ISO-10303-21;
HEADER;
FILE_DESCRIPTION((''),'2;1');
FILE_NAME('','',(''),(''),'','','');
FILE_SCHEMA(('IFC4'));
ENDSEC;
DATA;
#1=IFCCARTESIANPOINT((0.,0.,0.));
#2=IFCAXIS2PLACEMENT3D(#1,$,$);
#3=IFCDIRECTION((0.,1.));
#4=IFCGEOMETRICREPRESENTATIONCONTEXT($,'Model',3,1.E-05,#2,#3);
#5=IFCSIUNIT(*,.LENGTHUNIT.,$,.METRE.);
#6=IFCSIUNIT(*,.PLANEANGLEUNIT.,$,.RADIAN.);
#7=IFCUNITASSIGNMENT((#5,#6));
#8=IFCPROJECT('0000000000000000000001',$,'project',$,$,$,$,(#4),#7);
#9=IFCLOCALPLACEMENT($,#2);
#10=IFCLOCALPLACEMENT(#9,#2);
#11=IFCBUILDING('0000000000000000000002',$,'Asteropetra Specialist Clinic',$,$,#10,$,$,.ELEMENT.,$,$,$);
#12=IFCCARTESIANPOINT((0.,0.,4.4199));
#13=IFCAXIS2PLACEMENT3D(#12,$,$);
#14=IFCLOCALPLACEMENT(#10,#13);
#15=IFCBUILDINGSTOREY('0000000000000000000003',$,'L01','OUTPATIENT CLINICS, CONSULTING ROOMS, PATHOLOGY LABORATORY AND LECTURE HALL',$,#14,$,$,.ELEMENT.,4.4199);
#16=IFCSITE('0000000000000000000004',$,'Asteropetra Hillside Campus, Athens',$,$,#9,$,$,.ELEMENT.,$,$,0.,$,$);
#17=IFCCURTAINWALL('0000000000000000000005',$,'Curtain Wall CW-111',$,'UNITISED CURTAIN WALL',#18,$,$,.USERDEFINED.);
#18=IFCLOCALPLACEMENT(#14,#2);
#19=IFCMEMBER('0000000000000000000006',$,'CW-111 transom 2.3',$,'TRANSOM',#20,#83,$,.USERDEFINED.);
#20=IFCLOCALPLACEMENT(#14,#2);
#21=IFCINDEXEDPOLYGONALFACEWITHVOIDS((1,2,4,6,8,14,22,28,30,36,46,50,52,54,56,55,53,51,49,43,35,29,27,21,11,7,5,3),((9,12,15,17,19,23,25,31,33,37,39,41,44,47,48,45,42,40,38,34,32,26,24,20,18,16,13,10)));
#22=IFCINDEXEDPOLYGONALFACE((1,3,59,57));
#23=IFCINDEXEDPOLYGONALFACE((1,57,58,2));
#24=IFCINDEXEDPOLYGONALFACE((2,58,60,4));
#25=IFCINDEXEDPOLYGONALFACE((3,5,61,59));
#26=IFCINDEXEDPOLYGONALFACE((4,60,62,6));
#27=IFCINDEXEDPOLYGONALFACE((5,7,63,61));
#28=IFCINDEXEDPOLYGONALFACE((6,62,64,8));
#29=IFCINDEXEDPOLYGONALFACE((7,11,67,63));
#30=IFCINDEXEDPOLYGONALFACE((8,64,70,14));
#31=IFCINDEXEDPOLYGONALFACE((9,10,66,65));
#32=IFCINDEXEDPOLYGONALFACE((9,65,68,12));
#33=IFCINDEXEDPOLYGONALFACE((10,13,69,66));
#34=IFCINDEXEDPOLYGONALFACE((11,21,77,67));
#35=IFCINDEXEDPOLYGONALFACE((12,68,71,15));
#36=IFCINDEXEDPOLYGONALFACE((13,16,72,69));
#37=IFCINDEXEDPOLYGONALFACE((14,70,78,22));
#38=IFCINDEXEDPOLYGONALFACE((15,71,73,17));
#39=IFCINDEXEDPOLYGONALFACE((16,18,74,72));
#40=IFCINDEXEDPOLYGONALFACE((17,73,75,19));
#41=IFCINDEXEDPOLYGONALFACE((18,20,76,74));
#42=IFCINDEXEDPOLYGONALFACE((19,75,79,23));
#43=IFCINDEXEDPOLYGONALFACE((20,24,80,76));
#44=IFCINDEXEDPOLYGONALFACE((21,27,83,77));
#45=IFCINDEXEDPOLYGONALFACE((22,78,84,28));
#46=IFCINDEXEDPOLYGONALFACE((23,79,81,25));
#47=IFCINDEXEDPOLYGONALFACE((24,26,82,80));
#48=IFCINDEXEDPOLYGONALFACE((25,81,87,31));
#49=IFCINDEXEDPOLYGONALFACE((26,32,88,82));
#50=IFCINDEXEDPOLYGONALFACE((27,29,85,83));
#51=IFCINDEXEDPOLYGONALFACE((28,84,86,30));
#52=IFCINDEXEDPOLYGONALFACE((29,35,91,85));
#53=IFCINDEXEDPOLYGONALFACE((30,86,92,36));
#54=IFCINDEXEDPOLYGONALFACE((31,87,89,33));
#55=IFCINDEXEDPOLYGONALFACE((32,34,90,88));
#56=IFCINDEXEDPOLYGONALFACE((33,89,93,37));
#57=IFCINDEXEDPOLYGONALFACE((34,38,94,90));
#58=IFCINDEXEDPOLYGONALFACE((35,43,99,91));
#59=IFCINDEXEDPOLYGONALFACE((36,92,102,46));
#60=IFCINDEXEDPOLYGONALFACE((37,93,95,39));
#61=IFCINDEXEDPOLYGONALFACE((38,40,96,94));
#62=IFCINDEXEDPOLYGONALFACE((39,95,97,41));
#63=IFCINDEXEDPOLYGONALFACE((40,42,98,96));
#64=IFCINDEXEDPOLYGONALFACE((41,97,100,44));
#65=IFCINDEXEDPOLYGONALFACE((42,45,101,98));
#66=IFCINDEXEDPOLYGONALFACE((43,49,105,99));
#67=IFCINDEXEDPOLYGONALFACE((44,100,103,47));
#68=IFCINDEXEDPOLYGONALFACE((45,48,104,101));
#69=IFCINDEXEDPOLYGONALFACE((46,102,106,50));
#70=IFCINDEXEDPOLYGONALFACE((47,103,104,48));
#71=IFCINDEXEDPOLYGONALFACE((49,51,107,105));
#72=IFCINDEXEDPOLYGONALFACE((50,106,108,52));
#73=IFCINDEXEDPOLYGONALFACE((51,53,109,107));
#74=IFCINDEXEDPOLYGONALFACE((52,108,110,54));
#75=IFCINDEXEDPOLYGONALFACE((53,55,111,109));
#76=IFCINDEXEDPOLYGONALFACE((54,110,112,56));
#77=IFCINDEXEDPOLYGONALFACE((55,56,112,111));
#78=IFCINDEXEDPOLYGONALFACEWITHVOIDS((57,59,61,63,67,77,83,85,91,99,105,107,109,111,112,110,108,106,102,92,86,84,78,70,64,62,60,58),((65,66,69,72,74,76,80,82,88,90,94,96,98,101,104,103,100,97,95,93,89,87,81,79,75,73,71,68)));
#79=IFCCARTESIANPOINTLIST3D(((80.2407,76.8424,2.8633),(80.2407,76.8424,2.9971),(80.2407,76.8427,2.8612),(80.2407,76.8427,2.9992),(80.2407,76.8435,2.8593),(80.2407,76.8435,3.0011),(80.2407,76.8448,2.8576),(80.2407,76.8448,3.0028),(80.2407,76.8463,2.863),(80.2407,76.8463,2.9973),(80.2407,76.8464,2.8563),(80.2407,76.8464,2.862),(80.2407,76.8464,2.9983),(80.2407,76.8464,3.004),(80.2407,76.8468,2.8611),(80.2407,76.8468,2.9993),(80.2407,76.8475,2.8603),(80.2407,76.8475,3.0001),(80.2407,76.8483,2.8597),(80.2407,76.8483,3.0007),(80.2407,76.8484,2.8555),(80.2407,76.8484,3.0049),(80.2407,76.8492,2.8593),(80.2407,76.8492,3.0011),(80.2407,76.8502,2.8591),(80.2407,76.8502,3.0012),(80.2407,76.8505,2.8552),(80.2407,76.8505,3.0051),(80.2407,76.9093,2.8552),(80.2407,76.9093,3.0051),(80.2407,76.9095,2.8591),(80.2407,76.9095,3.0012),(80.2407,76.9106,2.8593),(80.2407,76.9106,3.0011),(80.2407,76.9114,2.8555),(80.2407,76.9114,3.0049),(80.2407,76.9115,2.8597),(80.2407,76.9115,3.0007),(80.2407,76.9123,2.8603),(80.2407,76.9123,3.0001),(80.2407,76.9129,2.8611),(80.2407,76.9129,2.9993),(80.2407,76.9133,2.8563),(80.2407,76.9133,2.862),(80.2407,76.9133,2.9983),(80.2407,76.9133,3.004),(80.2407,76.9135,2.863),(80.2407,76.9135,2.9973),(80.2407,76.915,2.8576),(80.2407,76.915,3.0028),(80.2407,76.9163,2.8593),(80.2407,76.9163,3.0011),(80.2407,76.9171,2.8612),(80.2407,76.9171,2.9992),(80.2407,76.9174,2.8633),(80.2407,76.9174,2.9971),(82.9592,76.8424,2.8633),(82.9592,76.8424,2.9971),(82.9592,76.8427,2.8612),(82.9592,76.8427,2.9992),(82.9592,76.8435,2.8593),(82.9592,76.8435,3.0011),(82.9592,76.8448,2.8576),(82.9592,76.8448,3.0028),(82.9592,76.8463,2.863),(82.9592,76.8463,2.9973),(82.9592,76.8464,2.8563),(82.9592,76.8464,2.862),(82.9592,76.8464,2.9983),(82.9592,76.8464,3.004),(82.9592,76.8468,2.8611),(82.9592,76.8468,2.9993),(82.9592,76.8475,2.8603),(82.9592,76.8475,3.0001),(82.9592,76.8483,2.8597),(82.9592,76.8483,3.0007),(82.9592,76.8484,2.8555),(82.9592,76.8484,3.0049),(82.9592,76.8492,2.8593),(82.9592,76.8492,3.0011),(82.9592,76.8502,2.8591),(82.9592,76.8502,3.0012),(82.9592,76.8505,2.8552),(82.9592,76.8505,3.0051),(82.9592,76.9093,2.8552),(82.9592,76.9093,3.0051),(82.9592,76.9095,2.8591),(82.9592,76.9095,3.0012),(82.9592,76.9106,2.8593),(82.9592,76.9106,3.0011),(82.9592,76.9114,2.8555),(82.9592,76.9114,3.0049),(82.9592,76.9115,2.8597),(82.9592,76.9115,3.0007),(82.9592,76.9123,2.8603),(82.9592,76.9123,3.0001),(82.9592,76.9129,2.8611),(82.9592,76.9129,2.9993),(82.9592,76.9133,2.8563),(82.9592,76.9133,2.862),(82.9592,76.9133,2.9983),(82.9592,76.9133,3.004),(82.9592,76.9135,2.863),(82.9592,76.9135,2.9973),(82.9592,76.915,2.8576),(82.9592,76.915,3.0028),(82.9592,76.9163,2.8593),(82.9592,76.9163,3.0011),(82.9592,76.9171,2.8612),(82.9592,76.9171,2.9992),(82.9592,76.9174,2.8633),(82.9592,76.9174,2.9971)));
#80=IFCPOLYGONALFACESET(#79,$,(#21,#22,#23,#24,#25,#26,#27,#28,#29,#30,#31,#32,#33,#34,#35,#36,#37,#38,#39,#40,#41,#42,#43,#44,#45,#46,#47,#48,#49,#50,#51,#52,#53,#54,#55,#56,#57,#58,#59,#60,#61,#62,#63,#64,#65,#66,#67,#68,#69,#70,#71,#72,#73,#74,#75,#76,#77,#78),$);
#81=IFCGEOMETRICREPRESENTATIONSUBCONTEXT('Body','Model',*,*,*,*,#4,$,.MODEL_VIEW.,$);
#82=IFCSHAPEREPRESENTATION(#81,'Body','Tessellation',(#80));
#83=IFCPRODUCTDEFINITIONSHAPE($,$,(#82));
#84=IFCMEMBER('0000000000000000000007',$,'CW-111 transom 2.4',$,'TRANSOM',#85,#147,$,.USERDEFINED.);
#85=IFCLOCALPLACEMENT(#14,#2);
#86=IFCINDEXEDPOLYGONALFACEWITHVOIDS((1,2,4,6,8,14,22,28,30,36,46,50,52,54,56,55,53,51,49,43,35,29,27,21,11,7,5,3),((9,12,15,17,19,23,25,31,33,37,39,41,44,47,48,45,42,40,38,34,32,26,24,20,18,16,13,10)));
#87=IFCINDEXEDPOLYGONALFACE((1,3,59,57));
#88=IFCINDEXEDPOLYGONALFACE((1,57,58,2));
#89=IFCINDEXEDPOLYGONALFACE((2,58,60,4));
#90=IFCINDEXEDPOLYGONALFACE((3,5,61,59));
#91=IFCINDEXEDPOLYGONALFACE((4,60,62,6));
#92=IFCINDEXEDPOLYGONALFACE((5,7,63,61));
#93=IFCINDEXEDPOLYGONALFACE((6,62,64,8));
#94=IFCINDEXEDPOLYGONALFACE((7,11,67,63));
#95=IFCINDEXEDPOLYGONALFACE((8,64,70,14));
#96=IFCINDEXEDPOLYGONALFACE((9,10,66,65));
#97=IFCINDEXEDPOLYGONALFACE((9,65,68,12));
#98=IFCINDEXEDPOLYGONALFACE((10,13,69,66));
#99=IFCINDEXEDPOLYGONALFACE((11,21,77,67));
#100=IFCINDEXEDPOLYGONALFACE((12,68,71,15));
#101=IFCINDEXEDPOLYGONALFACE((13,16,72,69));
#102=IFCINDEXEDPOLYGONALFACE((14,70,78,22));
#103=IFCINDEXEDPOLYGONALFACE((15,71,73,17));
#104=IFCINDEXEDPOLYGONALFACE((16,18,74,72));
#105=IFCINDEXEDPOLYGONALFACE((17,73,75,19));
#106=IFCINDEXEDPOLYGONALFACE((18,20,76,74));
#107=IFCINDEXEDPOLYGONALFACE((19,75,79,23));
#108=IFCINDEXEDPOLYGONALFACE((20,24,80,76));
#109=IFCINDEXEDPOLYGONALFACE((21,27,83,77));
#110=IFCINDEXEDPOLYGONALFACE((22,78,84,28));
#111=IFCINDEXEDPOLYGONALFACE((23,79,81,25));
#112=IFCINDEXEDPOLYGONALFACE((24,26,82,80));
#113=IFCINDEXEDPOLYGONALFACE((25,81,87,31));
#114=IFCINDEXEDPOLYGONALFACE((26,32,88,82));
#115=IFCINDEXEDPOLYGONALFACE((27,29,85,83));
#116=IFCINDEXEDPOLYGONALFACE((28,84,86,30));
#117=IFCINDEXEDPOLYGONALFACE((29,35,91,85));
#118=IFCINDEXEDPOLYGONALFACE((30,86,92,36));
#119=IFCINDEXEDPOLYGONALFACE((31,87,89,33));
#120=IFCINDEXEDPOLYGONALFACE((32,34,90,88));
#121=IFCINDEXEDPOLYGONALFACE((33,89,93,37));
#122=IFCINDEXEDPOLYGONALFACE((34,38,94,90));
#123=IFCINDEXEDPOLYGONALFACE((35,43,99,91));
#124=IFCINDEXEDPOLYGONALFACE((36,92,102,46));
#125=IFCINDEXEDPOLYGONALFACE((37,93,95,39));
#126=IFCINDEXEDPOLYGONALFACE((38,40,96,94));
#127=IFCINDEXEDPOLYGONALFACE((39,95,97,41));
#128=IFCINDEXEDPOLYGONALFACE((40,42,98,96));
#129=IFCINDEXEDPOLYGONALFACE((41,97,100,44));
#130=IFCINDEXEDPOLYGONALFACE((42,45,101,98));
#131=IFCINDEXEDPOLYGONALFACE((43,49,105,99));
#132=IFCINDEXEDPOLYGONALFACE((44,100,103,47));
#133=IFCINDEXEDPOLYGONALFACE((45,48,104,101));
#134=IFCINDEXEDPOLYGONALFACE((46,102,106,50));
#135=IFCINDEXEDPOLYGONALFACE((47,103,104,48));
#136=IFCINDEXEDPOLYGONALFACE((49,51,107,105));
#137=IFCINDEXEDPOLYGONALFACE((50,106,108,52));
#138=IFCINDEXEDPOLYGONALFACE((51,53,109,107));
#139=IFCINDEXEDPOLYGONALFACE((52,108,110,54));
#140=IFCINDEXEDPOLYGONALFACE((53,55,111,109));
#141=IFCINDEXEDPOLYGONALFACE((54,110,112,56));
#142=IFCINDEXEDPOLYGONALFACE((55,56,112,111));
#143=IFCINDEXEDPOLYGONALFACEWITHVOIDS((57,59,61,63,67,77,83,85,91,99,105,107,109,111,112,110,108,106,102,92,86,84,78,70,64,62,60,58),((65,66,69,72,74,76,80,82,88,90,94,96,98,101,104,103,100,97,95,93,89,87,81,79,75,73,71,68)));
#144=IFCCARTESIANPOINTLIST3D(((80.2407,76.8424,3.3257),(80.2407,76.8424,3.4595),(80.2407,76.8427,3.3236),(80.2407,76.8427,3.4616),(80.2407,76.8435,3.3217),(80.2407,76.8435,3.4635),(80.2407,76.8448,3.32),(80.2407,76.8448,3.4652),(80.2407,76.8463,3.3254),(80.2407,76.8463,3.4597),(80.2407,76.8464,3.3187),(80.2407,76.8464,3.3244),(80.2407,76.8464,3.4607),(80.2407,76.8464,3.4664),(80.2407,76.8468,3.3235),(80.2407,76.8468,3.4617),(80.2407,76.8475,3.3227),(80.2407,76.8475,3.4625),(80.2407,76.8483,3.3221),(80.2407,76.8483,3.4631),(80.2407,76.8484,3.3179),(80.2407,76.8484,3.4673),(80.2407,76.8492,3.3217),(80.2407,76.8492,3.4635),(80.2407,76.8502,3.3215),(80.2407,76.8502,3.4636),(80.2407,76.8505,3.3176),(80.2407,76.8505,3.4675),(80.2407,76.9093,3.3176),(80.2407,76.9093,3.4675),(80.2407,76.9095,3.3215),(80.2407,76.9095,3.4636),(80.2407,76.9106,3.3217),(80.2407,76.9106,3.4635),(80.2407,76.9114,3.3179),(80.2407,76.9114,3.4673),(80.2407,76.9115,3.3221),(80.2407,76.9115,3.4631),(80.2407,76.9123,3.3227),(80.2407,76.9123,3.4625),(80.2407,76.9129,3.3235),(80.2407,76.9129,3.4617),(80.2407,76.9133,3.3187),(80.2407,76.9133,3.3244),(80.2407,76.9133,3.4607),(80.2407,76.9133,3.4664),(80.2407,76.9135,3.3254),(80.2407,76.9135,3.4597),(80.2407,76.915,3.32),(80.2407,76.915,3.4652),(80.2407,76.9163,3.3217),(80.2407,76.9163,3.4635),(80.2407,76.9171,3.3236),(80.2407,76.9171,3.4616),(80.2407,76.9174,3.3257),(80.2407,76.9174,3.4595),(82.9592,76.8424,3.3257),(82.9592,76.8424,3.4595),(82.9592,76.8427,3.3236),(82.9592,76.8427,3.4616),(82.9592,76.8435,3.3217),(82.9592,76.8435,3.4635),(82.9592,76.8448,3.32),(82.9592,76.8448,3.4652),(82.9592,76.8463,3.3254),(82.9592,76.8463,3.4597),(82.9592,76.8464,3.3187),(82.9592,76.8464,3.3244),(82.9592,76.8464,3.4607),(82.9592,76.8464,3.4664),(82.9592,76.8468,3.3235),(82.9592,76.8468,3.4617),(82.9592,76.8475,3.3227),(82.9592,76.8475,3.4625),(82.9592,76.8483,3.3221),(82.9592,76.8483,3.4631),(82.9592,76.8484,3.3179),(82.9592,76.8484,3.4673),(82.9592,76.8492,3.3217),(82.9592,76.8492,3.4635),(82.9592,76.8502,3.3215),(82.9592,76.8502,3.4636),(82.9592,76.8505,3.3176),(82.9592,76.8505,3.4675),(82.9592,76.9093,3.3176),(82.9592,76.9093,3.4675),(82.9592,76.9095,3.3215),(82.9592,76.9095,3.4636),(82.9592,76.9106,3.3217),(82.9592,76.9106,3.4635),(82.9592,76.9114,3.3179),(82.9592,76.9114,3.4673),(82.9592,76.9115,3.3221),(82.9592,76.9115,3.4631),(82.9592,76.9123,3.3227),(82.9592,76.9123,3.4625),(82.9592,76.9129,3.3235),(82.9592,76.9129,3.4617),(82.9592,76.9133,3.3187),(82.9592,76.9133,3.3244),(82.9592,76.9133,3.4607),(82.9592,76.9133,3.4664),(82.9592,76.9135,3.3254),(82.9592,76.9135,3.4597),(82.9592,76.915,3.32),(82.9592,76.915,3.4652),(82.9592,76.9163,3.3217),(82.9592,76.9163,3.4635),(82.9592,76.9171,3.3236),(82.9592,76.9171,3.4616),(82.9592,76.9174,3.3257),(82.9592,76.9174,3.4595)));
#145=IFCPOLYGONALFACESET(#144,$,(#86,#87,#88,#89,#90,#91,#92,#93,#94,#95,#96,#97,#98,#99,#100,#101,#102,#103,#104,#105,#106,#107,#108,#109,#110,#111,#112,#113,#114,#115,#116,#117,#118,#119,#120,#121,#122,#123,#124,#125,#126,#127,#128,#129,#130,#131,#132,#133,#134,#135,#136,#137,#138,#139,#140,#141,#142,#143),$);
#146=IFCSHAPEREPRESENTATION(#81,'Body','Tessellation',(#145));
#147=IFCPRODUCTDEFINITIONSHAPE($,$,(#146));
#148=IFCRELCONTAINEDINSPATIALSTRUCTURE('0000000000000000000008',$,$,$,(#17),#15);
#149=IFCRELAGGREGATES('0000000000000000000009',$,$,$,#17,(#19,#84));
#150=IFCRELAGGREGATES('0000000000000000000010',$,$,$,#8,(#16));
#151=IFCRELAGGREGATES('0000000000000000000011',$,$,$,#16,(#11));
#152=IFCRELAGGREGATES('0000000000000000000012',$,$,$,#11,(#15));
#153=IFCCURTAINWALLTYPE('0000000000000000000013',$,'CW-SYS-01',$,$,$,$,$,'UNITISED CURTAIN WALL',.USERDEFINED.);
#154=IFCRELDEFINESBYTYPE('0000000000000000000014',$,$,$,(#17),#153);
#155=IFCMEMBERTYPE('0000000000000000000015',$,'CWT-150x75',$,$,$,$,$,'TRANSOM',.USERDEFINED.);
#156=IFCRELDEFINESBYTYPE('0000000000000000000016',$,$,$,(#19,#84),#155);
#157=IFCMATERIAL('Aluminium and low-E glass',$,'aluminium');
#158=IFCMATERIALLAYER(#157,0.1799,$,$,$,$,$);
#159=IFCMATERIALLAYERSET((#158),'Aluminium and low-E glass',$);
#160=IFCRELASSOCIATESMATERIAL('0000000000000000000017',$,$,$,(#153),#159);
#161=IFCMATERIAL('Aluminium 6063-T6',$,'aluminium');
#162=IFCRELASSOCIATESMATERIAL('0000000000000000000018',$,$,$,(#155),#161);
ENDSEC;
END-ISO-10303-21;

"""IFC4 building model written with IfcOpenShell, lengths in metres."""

from ifc_helpers import new_model, si_unit, direction, frame, origin, origin_2d, place, context, subcontext, project, spatial, hollow_rectangle, extrude, material, layer, layer_set, material_profile, profile_set, type_object, element, aggregate, save


model = new_model("IFC4")

# Units and contexts
model_context = context("Model", 3, precision=1e-05, world=origin(), true_north=direction((0.0, 1.0)))
body_context = subcontext(model_context, "Body", "Model", "MODEL_VIEW")
ifc_project = project(units=[si_unit("LENGTHUNIT", "METRE"), si_unit("PLANEANGLEUNIT", "RADIAN")], contexts=[model_context])

# Site, building, storey
site_placement = place(None, origin())
site = spatial("IfcSite", under=ifc_project, at=site_placement, Name="Asteropetra Hillside Campus, Athens", CompositionType="ELEMENT", RefElevation=0.0)
building_placement = place(site_placement, origin())
building = spatial("IfcBuilding", under=site, at=building_placement, Name="Asteropetra Specialist Clinic", CompositionType="ELEMENT")
storey_placement = place(building_placement, frame((0.0, 0.0, 4.4199)))
storey = spatial("IfcBuildingStorey", under=building, at=storey_placement, Name="L01", Description="OUTPATIENT CLINICS, CONSULTING ROOMS, PATHOLOGY LABORATORY AND LECTURE HALL", CompositionType="ELEMENT", Elevation=4.4199)

# Curtain wall, members
ifc_material_1 = material(Name="Aluminium and low-E glass", Category="aluminium")
ifc_layer_1 = layer(ifc_material_1, 0.1799)
ifc_layer_set_1 = layer_set([ifc_layer_1], Name="Aluminium and low-E glass")
curtain_wall_type = type_object("IfcCurtainWallType", Name="CW-SYS-01", ElementType="UNITISED CURTAIN WALL", PredefinedType="USERDEFINED", material=ifc_layer_set_1)
curtain_wall_placement = place(storey_placement, origin())
curtain_wall = element("IfcCurtainWall", 1, at=curtain_wall_placement, inside=storey, type_object=curtain_wall_type, Name="Curtain Wall CW-111", ObjectType="UNITISED CURTAIN WALL", PredefinedType="USERDEFINED")
ifc_material_2 = material(Name="Aluminium 6063-T6", Category="aluminium")
ifc_material_profile_1 = material_profile(ifc_material_2, hollow_rectangle(XDim=0.075, YDim=0.1499, WallThickness=0.0039, InnerFilletRadius=0.0039, OuterFilletRadius=0.0081, at=origin_2d()), Name="TRN 150x75x4.0")
ifc_profile_set_1 = profile_set([ifc_material_profile_1], Name="Aluminium 6063-T6")
member_type_1 = type_object("IfcMemberType", Name="CWT-150x75", ElementType="TRANSOM", PredefinedType="USERDEFINED", material=ifc_profile_set_1)
member_1_placement = place(storey_placement, frame((80.2407, 76.8799, 2.9302), z_axis=(1.0, 0.0, 0.0), x_axis=(0.0, 1.0, 0.0)))
member_1 = element("IfcMember", 2, at=member_1_placement, type_object=member_type_1, Name="CW-111 transom 2.3", ObjectType="TRANSOM", PredefinedType="USERDEFINED", context=body_context, shape_type="SweptSolid", body=[
    extrude(hollow_rectangle(XDim=0.075, YDim=0.1499, WallThickness=0.0039, InnerFilletRadius=0.0039, OuterFilletRadius=0.0081, at=origin_2d()), origin(), (0.0, 0.0, 1.0), 2.7185),
])
member_2_placement = place(storey_placement, frame((80.2407, 76.8799, 3.3926), z_axis=(1.0, 0.0, 0.0), x_axis=(0.0, 1.0, 0.0)))
member_2 = element("IfcMember", 3, at=member_2_placement, type_object=member_type_1, Name="CW-111 transom 2.4", ObjectType="TRANSOM", PredefinedType="USERDEFINED", context=body_context, shape_type="SweptSolid", body=[
    extrude(hollow_rectangle(XDim=0.075, YDim=0.1499, WallThickness=0.0039, InnerFilletRadius=0.0039, OuterFilletRadius=0.0081, at=origin_2d()), origin(), (0.0, 0.0, 1.0), 2.7185),
])

aggregate(curtain_wall, [member_1, member_2])

save(model, "model.ifc")
